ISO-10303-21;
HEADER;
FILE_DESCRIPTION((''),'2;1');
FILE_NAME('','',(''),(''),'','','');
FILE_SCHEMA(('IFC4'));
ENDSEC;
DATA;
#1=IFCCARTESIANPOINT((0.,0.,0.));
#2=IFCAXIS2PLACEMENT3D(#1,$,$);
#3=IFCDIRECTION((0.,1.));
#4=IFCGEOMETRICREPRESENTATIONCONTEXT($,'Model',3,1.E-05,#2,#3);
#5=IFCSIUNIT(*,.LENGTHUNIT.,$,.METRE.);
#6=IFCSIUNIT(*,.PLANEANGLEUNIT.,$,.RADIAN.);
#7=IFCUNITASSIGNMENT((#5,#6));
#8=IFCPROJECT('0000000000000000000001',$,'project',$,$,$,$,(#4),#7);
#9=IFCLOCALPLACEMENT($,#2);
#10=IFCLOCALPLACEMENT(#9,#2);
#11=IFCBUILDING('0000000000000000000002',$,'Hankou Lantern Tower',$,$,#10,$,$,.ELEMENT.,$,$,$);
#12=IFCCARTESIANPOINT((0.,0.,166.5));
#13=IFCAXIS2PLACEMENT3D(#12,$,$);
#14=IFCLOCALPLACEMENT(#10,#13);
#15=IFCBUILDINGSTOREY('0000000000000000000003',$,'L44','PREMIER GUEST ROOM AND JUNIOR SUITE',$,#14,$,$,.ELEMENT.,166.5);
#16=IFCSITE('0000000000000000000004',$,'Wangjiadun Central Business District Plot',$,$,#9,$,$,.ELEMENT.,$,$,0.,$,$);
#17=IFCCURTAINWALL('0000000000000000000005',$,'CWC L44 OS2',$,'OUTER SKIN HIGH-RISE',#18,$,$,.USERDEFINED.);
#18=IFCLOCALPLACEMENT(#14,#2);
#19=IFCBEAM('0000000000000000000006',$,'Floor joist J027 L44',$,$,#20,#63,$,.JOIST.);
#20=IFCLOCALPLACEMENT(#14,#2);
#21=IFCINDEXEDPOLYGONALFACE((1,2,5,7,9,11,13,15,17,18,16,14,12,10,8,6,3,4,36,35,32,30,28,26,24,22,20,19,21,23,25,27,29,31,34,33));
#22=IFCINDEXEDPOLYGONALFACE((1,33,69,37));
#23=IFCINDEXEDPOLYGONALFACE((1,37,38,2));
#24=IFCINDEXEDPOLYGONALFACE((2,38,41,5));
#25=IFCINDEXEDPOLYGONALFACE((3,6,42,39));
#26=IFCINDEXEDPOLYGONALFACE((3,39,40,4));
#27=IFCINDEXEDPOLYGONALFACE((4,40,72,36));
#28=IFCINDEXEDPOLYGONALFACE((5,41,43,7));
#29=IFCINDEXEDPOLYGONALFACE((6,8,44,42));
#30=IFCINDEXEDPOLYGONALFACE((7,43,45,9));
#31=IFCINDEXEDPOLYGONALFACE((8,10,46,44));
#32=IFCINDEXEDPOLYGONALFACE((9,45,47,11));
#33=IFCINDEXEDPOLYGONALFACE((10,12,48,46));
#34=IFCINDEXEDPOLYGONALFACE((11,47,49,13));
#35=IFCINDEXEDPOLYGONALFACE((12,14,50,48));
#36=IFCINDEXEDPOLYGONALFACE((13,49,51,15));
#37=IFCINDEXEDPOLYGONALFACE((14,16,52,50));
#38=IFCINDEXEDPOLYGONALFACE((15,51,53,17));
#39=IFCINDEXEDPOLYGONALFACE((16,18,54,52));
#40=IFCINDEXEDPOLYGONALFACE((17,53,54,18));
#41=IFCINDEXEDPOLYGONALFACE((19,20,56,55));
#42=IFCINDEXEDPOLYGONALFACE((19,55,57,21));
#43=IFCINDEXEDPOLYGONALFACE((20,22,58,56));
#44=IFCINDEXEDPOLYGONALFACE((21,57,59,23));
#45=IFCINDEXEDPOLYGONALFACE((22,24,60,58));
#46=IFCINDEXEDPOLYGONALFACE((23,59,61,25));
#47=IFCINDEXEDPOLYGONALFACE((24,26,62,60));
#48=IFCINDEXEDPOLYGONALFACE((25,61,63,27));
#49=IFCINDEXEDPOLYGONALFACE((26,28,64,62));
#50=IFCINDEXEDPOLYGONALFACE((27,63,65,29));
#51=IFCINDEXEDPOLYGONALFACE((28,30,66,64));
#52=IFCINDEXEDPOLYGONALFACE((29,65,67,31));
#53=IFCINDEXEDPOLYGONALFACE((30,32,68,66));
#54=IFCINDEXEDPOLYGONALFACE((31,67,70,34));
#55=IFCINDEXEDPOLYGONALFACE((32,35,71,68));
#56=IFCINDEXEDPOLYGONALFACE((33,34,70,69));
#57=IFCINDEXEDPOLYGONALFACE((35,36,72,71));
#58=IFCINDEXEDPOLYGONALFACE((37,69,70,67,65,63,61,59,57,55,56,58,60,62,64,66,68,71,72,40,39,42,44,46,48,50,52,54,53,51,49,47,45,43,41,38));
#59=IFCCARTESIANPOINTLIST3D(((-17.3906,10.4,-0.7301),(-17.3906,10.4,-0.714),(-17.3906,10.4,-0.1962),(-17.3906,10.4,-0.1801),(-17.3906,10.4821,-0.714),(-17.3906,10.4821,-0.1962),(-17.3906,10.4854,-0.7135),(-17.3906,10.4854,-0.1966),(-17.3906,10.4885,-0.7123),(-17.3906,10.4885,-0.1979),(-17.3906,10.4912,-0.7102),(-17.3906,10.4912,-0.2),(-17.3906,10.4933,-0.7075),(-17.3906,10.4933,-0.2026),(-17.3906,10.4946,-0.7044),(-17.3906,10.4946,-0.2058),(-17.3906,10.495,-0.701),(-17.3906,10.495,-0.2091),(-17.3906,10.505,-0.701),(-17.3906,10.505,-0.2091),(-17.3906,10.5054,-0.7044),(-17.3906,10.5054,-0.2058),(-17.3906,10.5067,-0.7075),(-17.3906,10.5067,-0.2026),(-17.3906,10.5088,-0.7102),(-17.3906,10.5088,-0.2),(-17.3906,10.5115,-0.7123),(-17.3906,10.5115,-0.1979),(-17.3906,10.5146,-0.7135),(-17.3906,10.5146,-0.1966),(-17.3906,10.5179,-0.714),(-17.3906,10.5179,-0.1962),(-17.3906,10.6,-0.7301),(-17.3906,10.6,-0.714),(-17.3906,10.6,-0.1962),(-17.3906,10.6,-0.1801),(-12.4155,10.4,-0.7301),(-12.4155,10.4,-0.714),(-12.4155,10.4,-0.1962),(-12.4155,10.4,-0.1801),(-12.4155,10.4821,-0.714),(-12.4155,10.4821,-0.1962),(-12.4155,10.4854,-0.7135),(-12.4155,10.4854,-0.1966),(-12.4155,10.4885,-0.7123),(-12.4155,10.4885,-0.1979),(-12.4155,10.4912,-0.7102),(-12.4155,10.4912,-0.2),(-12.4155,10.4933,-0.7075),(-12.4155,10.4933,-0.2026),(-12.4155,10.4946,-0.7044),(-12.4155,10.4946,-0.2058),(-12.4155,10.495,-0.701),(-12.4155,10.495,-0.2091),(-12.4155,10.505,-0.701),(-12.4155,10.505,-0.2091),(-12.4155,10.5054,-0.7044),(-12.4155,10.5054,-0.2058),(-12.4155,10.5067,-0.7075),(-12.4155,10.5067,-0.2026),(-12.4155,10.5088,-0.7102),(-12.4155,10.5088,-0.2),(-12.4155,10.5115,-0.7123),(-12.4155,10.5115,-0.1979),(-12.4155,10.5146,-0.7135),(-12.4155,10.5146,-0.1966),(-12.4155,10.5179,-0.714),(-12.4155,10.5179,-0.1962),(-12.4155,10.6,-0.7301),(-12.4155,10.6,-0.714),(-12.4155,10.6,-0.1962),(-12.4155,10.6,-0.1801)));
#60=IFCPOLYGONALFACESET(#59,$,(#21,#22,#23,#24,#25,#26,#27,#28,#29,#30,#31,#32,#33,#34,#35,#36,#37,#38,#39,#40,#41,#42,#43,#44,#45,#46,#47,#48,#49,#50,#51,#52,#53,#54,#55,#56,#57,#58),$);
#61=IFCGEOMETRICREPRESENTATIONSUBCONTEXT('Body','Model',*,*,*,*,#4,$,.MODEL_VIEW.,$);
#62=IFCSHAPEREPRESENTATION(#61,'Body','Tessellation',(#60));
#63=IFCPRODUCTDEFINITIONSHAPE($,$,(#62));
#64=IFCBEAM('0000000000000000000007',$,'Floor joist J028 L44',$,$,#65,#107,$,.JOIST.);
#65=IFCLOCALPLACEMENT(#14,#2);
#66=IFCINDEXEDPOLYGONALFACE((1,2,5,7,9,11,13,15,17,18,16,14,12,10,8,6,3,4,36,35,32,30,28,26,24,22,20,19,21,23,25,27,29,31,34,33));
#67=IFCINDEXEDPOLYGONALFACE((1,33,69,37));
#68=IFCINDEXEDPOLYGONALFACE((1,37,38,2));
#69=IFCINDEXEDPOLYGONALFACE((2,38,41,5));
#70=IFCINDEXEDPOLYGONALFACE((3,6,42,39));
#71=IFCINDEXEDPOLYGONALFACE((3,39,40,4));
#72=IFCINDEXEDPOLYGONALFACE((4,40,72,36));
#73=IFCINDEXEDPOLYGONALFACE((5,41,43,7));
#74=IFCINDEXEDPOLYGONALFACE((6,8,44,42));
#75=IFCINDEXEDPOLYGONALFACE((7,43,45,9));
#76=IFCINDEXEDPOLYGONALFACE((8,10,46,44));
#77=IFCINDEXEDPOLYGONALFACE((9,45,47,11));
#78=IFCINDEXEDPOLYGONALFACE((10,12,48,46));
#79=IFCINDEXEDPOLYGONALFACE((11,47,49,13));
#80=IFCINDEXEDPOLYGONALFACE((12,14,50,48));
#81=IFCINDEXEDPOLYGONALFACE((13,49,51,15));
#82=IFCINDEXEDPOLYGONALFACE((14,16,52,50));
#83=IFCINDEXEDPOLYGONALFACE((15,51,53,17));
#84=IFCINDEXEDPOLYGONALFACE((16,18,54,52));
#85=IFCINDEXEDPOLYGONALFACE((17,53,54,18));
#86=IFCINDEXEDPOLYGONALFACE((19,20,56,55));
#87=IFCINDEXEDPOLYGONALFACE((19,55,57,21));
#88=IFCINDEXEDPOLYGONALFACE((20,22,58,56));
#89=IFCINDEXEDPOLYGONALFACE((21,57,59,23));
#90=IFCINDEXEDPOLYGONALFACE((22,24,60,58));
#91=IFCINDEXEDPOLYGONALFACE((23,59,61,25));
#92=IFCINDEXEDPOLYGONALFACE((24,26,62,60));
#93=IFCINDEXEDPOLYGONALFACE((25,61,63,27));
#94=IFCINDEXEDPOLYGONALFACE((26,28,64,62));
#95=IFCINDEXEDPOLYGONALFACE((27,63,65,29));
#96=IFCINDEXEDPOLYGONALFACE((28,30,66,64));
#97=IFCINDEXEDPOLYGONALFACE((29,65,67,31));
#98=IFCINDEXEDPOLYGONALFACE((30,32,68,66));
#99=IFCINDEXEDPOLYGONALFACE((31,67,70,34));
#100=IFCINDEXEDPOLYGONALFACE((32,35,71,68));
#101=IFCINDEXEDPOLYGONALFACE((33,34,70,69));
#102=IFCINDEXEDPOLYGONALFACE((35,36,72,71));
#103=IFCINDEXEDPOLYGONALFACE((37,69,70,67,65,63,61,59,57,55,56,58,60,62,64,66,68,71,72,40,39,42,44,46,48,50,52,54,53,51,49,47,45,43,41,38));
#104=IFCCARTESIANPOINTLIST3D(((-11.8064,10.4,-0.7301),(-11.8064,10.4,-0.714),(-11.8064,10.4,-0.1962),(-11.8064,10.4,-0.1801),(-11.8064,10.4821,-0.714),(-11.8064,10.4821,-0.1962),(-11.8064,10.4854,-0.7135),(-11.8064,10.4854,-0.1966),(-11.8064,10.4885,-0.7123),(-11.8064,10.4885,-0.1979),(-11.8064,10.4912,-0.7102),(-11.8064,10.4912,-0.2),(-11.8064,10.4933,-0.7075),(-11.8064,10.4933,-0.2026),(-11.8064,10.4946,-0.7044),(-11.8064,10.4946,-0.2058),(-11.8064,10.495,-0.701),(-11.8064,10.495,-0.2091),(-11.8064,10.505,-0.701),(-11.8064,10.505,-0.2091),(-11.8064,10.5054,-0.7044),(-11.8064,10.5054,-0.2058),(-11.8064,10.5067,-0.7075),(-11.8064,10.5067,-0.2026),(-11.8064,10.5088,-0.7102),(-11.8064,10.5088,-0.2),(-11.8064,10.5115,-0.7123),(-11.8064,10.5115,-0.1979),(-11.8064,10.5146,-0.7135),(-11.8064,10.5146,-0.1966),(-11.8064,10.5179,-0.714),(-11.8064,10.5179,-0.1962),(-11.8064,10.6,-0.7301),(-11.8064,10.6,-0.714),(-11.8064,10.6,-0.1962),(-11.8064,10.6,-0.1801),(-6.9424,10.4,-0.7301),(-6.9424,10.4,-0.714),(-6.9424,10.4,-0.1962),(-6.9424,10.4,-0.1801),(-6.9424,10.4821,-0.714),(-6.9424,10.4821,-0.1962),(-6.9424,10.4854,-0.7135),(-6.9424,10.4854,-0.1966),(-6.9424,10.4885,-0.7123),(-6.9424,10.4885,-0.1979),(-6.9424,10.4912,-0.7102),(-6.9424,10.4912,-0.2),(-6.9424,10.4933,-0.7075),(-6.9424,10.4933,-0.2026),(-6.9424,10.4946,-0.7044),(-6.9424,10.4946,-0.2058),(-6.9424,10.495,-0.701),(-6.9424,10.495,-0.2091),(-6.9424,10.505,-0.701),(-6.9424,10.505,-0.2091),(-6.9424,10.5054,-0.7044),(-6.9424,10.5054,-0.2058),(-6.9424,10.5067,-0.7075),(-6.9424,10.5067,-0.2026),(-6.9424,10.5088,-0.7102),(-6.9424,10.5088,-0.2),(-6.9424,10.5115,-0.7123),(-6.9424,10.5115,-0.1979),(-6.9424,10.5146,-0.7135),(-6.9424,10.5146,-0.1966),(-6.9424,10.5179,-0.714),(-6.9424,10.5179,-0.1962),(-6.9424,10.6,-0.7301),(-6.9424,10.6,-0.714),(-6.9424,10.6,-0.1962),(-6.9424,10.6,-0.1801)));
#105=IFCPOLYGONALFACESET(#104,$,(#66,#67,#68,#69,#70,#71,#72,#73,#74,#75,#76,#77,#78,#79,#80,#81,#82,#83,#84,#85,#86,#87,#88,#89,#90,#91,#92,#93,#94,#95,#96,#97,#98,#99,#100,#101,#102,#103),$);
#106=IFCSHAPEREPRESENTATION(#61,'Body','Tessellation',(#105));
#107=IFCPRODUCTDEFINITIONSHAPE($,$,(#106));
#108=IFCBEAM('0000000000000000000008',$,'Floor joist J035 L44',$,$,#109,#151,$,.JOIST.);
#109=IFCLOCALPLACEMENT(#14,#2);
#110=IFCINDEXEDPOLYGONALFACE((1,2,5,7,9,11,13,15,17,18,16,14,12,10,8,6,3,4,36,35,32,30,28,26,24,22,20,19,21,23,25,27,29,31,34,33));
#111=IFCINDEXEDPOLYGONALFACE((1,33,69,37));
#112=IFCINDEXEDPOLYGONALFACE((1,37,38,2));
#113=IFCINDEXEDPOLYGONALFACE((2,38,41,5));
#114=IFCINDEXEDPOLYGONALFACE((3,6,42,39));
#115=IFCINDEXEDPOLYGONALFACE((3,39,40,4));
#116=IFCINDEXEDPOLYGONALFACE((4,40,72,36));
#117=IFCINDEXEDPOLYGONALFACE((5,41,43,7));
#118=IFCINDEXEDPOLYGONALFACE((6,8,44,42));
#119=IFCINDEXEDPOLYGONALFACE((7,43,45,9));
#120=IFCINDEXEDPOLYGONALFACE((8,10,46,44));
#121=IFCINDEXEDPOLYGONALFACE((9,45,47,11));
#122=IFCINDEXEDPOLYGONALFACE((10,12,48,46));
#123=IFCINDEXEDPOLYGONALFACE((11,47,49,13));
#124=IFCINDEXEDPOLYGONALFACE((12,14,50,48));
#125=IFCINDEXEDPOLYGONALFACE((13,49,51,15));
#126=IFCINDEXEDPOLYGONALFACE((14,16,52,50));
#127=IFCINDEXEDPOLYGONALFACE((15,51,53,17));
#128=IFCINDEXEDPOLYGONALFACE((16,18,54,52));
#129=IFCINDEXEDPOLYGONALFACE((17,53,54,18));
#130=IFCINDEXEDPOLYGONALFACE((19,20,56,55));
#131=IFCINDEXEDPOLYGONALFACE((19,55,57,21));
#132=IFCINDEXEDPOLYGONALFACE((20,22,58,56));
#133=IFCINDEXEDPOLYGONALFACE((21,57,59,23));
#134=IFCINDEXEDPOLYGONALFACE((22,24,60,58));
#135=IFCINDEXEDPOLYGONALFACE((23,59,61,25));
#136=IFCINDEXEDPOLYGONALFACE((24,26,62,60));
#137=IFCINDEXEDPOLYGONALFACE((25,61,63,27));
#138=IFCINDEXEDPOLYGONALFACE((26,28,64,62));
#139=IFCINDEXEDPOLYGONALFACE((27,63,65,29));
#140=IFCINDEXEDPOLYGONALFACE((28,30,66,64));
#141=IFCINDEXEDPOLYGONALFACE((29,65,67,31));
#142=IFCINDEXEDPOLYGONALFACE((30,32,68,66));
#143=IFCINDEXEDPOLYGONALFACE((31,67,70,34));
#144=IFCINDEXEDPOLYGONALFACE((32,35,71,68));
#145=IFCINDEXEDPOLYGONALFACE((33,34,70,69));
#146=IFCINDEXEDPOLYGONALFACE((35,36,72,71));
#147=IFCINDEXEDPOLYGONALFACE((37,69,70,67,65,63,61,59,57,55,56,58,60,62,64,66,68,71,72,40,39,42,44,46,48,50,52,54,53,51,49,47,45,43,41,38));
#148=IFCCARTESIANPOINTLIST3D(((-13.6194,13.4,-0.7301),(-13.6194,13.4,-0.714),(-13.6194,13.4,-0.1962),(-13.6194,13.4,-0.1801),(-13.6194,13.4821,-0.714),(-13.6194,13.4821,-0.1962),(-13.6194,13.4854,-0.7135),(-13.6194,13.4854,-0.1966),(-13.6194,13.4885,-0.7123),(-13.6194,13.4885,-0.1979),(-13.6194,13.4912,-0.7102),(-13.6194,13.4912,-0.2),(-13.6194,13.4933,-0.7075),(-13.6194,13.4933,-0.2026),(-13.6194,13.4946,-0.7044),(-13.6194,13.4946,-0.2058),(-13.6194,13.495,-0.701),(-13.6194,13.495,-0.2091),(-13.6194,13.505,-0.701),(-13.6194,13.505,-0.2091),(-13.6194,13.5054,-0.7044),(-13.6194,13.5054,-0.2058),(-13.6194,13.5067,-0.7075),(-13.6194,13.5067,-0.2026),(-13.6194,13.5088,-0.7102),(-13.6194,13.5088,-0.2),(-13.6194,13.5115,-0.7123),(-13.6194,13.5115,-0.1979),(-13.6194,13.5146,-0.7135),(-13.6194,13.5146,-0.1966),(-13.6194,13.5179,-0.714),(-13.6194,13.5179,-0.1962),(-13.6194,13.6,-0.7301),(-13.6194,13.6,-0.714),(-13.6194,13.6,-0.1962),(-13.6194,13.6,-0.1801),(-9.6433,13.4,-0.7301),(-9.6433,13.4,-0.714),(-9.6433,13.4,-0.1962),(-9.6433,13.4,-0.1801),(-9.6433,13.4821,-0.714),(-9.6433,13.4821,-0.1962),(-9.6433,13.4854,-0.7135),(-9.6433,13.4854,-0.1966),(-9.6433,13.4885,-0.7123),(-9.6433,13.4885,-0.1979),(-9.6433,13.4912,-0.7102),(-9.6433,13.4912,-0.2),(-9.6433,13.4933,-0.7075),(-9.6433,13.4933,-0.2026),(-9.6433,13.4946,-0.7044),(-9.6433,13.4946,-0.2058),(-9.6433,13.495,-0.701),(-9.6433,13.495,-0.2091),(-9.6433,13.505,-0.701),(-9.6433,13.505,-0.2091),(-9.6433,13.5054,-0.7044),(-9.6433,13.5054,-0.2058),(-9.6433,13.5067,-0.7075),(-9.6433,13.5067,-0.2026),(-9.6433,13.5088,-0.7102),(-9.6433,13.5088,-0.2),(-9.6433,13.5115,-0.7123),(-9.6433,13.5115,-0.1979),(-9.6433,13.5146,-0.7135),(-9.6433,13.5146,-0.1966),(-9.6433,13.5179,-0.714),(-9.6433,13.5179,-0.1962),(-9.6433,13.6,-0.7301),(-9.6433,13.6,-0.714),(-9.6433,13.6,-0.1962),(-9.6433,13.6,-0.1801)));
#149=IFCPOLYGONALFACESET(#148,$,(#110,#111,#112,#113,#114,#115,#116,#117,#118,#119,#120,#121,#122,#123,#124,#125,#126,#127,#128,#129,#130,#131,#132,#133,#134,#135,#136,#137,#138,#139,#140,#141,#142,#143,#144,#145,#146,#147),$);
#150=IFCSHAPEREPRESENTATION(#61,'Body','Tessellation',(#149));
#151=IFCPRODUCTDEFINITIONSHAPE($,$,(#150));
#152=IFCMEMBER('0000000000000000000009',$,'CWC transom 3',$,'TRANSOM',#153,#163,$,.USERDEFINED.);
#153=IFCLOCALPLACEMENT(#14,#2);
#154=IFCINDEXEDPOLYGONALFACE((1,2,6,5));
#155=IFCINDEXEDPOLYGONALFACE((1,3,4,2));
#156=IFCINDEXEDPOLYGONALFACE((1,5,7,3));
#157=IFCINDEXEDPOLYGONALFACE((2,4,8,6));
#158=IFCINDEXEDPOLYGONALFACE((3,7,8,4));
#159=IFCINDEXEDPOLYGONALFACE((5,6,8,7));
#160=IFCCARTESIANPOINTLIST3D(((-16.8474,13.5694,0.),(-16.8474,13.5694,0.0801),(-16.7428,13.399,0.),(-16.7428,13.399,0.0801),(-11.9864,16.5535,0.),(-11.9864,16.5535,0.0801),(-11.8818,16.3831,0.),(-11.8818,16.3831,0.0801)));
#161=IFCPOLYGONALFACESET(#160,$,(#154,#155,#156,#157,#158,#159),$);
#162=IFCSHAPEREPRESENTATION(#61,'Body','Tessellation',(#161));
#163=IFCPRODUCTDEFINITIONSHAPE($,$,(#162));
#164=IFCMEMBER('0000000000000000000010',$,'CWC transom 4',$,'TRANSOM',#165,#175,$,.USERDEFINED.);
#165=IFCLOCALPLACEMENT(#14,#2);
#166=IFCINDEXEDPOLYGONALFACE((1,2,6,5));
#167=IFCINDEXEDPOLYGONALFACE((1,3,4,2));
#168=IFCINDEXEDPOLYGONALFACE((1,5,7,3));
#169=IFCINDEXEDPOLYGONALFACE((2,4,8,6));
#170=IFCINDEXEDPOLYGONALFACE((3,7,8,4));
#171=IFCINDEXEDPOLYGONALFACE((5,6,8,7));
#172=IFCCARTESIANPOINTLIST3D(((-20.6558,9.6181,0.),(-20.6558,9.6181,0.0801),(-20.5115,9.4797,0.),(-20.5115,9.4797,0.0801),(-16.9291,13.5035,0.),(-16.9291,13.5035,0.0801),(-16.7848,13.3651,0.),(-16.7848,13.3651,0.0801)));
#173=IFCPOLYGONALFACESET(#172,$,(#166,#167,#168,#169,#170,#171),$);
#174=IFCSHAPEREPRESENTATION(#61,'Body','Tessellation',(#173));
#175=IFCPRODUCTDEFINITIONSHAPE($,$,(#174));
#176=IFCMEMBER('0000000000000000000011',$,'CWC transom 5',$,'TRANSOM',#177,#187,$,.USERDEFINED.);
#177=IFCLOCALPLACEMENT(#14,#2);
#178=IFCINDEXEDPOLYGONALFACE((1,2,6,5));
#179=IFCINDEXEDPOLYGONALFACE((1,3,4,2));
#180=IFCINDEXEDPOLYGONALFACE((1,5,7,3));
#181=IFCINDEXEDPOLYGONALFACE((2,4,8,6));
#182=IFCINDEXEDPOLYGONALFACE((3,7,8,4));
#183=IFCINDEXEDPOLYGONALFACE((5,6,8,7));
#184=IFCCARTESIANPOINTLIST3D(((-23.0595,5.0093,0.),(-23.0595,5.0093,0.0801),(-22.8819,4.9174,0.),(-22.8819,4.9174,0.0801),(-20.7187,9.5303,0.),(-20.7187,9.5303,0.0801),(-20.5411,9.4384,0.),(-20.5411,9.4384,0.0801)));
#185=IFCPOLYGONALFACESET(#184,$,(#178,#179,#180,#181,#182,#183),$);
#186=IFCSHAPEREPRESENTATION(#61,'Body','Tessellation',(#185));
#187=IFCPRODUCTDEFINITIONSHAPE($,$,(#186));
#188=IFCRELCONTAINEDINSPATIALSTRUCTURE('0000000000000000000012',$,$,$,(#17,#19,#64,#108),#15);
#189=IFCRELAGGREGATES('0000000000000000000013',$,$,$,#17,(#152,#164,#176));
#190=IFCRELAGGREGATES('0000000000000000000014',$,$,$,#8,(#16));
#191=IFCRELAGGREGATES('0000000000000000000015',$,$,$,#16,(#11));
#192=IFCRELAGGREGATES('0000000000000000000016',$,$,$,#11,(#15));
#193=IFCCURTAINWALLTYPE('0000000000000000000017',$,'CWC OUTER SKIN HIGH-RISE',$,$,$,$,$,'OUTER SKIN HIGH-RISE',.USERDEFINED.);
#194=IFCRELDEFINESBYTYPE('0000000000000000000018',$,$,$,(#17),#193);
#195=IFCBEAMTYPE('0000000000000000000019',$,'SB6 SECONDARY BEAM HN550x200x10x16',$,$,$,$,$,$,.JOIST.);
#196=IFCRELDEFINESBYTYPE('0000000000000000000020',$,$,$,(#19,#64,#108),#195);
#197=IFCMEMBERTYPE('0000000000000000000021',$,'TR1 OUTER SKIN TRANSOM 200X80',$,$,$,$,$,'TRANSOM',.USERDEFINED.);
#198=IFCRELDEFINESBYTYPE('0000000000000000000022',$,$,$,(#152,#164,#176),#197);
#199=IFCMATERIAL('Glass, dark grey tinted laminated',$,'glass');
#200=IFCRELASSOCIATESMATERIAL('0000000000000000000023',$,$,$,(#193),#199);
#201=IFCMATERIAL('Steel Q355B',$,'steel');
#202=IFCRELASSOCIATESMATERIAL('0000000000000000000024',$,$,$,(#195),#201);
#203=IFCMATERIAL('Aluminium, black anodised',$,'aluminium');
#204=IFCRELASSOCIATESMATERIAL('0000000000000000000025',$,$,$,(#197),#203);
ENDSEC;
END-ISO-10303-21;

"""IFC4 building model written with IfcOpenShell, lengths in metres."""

from ifc_helpers import new_model, si_unit, direction, frame, origin, origin_2d, place, context, subcontext, project, spatial, rectangle, i_section, extrude, material, material_profile, profile_set, type_object, element, aggregate, save


model = new_model("IFC4")

# Units and contexts
model_context = context("Model", 3, precision=1e-05, world=origin(), true_north=direction((0.0, 1.0)))
body_context = subcontext(model_context, "Body", "Model", "MODEL_VIEW")
ifc_project = project(units=[si_unit("LENGTHUNIT", "METRE"), si_unit("PLANEANGLEUNIT", "RADIAN")], contexts=[model_context])

# Site, building, storey
site_placement = place(None, origin())
site = spatial("IfcSite", under=ifc_project, at=site_placement, Name="Wangjiadun Central Business District Plot", CompositionType="ELEMENT", RefElevation=0.0)
building_placement = place(site_placement, origin())
building = spatial("IfcBuilding", under=site, at=building_placement, Name="Hankou Lantern Tower", CompositionType="ELEMENT")
storey_placement = place(building_placement, frame((0.0, 0.0, 166.5)))
storey = spatial("IfcBuildingStorey", under=building, at=storey_placement, Name="L44", Description="PREMIER GUEST ROOM AND JUNIOR SUITE", CompositionType="ELEMENT", Elevation=166.5)

# Curtain wall
ifc_material_1 = material(Name="Glass, dark grey tinted laminated", Category="glass")
curtain_wall_type = type_object("IfcCurtainWallType", Name="CWC OUTER SKIN HIGH-RISE", ElementType="OUTER SKIN HIGH-RISE", PredefinedType="USERDEFINED", material=ifc_material_1)
curtain_wall_placement = place(storey_placement, origin())
curtain_wall = element("IfcCurtainWall", 1, at=curtain_wall_placement, inside=storey, type_object=curtain_wall_type, Name="CWC L44 OS2", ObjectType="OUTER SKIN HIGH-RISE", PredefinedType="USERDEFINED")

# Beams
ifc_material_2 = material(Name="Steel Q355B", Category="steel")
ifc_material_profile_1 = material_profile(ifc_material_2, i_section(OverallWidth=0.2, OverallDepth=0.55, WebThickness=0.01, FlangeThickness=0.0161, FilletRadius=0.0129, at=origin_2d()), Name="HN550x200x10x16")
ifc_profile_set_1 = profile_set([ifc_material_profile_1], Name="Steel Q355B")
beam_type_1 = type_object("IfcBeamType", Name="SB6 SECONDARY BEAM HN550x200x10x16", PredefinedType="JOIST", material=ifc_profile_set_1)
beam_1_placement = place(storey_placement, frame((-17.3906, 10.5, -0.4551), z_axis=(1.0, 0.0, 0.0), x_axis=(0.0, 1.0, 0.0)))
element("IfcBeam", 2, at=beam_1_placement, inside=storey, type_object=beam_type_1, Name="Floor joist J027 L44", PredefinedType="JOIST", context=body_context, shape_type="SweptSolid", body=[
    extrude(i_section(OverallWidth=0.2, OverallDepth=0.55, WebThickness=0.01, FlangeThickness=0.0161, FilletRadius=0.0129, at=origin_2d()), origin(), (0.0, 0.0, 1.0), 4.9751),
])
beam_2_placement = place(storey_placement, frame((-11.8064, 10.5, -0.4551), z_axis=(1.0, 0.0, 0.0), x_axis=(0.0, 1.0, 0.0)))
element("IfcBeam", 3, at=beam_2_placement, inside=storey, type_object=beam_type_1, Name="Floor joist J028 L44", PredefinedType="JOIST", context=body_context, shape_type="SweptSolid", body=[
    extrude(i_section(OverallWidth=0.2, OverallDepth=0.55, WebThickness=0.01, FlangeThickness=0.0161, FilletRadius=0.0129, at=origin_2d()), origin(), (0.0, 0.0, 1.0), 4.864),
])
beam_3_placement = place(storey_placement, frame((-13.6194, 13.5, -0.4551), z_axis=(1.0, 0.0, 0.0), x_axis=(0.0, 1.0, 0.0)))
element("IfcBeam", 4, at=beam_3_placement, inside=storey, type_object=beam_type_1, Name="Floor joist J035 L44", PredefinedType="JOIST", context=body_context, shape_type="SweptSolid", body=[
    extrude(i_section(OverallWidth=0.2, OverallDepth=0.55, WebThickness=0.01, FlangeThickness=0.0161, FilletRadius=0.0129, at=origin_2d()), origin(), (0.0, 0.0, 1.0), 3.9761),
])

# Members
ifc_material_3 = material(Name="Aluminium, black anodised", Category="aluminium")
ifc_material_profile_2 = material_profile(ifc_material_3, rectangle(XDim=0.2, YDim=0.0801, at=origin_2d()), Name="TR1 200X80")
ifc_profile_set_2 = profile_set([ifc_material_profile_2], Name="Aluminium, black anodised")
member_type_1 = type_object("IfcMemberType", Name="TR1 OUTER SKIN TRANSOM 200X80", ElementType="TRANSOM", PredefinedType="USERDEFINED", material=ifc_profile_set_2)
member_1_placement = place(storey_placement, frame((-11.9341, 16.4683, 0.04), z_axis=(-0.852229, -0.523168, 0.0), x_axis=(0.523168, -0.852229, 0.0)))
member_1 = element("IfcMember", 5, at=member_1_placement, type_object=member_type_1, Name="CWC transom 3", ObjectType="TRANSOM", PredefinedType="USERDEFINED", context=body_context, shape_type="SweptSolid", body=[
    extrude(rectangle(XDim=0.2, YDim=0.0801, at=origin_2d()), origin(), (0.0, 0.0, 1.0), 5.7039),
])
member_2_placement = place(storey_placement, frame((-16.8569, 13.4343, 0.04), z_axis=(-0.692216, -0.721691, 0.0), x_axis=(0.721691, -0.692216, 0.0)))
member_2 = element("IfcMember", 6, at=member_2_placement, type_object=member_type_1, Name="CWC transom 4", ObjectType="TRANSOM", PredefinedType="USERDEFINED", context=body_context, shape_type="SweptSolid", body=[
    extrude(rectangle(XDim=0.2, YDim=0.0801, at=origin_2d()), origin(), (0.0, 0.0, 1.0), 5.3838),
])
member_3_placement = place(storey_placement, frame((-20.6299, 9.4844, 0.04), z_axis=(-0.459791, -0.888027, 0.0), x_axis=(0.888027, -0.459791, 0.0)))
member_3 = element("IfcMember", 7, at=member_3_placement, type_object=member_type_1, Name="CWC transom 5", ObjectType="TRANSOM", PredefinedType="USERDEFINED", context=body_context, shape_type="SweptSolid", body=[
    extrude(rectangle(XDim=0.2, YDim=0.0801, at=origin_2d()), origin(), (0.0, 0.0, 1.0), 5.0911),
])

aggregate(curtain_wall, [member_1, member_2, member_3])

save(model, "model.ifc")
